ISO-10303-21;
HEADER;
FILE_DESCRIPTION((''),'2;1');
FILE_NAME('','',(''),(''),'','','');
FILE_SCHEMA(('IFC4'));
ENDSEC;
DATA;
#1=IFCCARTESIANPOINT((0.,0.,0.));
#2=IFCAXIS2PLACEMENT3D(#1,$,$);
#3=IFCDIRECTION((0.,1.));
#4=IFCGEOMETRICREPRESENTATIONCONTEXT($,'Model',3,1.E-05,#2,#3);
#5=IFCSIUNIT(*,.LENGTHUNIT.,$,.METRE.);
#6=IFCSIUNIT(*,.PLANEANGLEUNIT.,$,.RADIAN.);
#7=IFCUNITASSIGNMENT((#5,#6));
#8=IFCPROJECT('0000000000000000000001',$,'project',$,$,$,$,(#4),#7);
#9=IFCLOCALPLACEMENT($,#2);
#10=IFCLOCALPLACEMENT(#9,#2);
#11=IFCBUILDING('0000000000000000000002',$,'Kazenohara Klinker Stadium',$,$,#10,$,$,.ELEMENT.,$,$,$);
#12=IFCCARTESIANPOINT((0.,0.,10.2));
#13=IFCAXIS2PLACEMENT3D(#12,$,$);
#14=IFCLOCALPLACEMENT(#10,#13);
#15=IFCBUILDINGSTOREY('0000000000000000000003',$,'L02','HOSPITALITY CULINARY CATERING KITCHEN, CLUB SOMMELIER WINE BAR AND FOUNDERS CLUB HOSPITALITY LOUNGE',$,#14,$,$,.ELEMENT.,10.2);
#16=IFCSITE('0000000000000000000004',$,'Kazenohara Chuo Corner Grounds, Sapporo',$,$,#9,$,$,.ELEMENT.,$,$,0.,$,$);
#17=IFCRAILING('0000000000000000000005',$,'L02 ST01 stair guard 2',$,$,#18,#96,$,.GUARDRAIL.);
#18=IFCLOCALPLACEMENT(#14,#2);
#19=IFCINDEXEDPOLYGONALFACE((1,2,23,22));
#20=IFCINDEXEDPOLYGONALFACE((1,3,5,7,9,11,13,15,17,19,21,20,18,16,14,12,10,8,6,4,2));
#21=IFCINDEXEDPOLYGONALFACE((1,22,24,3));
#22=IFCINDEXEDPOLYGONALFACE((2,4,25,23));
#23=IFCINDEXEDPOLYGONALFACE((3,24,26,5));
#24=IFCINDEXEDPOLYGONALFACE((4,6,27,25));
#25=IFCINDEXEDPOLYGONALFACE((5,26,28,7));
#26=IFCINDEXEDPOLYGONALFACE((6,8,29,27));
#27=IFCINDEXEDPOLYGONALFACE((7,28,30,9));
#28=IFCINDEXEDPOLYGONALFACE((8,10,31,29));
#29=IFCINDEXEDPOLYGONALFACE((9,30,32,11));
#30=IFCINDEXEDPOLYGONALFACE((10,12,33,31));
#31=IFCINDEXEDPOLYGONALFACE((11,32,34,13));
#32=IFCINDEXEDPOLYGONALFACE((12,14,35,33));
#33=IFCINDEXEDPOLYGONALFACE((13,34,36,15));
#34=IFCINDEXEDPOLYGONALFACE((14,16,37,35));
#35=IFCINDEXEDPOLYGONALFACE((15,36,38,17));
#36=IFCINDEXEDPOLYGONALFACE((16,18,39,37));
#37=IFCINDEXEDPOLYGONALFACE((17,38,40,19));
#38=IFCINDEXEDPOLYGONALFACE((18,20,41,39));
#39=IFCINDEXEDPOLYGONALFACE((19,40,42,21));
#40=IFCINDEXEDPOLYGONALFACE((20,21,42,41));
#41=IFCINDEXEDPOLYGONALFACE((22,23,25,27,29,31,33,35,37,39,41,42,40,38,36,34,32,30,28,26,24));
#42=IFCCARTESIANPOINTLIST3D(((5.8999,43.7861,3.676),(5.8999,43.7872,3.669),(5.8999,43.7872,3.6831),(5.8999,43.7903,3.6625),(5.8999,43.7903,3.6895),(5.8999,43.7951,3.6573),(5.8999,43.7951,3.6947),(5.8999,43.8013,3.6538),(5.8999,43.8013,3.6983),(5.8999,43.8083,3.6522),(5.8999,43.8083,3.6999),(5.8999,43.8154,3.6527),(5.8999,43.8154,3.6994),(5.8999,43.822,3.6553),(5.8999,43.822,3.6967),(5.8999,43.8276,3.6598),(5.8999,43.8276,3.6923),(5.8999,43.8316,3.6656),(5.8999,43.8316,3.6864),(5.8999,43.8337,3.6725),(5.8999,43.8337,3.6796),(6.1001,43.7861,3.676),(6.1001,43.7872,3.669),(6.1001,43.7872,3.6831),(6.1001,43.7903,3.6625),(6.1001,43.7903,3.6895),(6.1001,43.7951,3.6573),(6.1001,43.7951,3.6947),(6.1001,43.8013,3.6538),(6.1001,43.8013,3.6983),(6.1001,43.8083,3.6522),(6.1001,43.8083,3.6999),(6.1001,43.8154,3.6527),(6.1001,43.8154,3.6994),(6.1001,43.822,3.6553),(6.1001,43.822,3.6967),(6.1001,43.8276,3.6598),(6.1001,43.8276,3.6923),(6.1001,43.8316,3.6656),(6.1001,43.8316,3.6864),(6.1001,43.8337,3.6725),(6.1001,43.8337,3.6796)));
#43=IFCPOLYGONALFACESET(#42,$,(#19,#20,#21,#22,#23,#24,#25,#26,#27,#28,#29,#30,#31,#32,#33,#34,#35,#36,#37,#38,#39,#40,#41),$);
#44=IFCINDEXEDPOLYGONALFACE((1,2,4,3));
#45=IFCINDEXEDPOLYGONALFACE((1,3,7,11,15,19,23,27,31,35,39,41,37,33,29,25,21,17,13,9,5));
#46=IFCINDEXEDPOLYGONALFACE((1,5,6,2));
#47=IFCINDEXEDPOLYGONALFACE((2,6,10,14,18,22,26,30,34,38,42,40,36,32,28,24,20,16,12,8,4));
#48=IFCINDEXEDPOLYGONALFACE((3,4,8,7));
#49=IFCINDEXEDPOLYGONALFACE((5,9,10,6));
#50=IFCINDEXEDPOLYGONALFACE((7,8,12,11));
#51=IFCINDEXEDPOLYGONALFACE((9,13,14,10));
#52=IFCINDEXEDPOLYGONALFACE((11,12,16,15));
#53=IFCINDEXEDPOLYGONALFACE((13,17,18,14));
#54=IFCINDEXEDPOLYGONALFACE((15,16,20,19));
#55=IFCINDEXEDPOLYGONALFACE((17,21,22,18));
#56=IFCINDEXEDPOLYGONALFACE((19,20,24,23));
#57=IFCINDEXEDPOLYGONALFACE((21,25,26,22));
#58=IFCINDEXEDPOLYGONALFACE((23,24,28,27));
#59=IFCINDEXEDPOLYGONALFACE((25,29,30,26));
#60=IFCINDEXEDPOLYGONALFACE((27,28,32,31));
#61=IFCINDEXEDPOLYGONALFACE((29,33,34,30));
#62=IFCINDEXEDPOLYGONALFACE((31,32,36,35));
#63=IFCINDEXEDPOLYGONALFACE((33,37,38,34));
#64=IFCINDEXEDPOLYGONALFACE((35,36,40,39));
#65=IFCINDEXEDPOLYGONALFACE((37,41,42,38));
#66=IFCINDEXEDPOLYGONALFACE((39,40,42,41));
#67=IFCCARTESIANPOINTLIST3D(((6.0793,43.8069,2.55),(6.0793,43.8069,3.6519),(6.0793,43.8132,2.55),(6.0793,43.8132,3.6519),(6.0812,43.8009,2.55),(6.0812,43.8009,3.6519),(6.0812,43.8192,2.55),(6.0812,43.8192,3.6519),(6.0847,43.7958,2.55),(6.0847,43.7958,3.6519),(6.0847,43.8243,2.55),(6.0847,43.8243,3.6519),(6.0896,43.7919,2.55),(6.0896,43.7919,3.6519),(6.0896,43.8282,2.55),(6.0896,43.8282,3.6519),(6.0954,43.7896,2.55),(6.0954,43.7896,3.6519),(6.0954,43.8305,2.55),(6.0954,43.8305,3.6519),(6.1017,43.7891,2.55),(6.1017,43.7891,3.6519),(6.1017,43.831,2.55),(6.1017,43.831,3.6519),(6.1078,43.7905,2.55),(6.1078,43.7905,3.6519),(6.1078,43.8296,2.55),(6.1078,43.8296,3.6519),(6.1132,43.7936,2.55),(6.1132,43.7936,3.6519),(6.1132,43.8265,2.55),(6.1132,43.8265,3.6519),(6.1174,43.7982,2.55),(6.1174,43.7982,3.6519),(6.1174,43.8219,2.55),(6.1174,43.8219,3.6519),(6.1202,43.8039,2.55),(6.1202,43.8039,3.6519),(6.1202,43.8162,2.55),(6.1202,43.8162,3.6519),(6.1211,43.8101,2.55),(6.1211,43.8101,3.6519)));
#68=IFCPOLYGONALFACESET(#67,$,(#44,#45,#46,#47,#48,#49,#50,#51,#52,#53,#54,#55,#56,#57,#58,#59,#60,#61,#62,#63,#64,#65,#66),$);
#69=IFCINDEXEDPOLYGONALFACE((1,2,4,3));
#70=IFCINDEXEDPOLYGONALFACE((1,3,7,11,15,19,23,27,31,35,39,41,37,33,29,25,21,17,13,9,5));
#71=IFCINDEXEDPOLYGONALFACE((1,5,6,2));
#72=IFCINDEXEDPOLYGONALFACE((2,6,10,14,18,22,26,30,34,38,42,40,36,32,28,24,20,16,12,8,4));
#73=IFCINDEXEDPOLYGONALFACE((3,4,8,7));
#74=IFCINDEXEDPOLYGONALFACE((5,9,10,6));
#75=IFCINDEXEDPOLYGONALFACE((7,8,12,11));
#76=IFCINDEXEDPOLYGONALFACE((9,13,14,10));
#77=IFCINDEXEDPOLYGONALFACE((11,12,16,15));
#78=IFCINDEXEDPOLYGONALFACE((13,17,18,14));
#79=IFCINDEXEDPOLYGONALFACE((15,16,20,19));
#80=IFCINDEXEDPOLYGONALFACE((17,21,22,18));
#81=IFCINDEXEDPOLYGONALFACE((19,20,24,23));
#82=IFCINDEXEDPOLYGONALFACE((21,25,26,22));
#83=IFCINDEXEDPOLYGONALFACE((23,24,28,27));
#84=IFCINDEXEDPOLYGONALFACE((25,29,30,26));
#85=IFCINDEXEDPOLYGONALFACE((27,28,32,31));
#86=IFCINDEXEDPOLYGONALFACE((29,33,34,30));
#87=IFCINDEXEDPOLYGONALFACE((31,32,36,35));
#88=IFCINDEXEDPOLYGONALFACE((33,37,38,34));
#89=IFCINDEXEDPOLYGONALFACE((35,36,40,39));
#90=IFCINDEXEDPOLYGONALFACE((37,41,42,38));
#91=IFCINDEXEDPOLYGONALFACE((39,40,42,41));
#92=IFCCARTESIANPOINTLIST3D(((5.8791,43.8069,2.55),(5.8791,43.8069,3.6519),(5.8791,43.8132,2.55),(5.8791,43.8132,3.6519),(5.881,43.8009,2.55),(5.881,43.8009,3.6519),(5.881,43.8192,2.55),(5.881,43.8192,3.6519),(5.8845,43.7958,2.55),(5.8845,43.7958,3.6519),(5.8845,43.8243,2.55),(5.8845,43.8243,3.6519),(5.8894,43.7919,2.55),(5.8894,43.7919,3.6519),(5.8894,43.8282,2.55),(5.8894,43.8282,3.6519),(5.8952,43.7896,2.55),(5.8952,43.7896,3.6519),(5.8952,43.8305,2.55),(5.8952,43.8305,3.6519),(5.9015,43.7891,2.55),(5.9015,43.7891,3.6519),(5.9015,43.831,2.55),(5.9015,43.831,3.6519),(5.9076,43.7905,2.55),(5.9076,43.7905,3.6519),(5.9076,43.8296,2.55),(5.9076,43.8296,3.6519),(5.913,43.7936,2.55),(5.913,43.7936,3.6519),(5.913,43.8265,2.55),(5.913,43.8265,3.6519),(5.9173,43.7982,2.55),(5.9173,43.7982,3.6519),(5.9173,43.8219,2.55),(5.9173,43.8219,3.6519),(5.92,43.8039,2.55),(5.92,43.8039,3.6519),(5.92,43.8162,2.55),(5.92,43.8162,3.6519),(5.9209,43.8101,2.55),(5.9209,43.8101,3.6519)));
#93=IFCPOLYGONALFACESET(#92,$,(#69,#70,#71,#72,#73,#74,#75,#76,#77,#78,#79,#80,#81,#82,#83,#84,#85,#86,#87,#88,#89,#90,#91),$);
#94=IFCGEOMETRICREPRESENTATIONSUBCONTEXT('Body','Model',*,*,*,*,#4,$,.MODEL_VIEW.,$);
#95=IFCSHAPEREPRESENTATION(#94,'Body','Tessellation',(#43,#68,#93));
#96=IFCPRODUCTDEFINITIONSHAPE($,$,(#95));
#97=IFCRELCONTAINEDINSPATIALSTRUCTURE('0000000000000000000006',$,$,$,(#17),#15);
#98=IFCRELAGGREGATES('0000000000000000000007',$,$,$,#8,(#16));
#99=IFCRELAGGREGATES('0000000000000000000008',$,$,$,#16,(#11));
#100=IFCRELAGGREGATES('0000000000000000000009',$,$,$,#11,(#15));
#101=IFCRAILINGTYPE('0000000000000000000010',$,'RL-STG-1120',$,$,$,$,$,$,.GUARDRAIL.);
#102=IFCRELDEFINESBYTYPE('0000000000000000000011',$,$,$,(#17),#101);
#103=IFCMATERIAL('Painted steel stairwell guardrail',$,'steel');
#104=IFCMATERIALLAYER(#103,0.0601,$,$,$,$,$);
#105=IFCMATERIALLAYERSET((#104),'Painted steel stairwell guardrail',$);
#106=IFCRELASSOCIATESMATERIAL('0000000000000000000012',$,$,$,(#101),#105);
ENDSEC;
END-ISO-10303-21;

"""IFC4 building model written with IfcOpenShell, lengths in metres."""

from ifc_helpers import new_model, si_unit, direction, frame, origin, origin_2d, place, context, subcontext, project, spatial, circle, extrude, material, layer, layer_set, type_object, element, save


model = new_model("IFC4")

# Units and contexts
model_context = context("Model", 3, precision=1e-05, world=origin(), true_north=direction((0.0, 1.0)))
body_context = subcontext(model_context, "Body", "Model", "MODEL_VIEW")
ifc_project = project(units=[si_unit("LENGTHUNIT", "METRE"), si_unit("PLANEANGLEUNIT", "RADIAN")], contexts=[model_context])

# Site, building, storey
site_placement = place(None, origin())
site = spatial("IfcSite", under=ifc_project, at=site_placement, Name="Kazenohara Chuo Corner Grounds, Sapporo", CompositionType="ELEMENT", RefElevation=0.0)
building_placement = place(site_placement, origin())
building = spatial("IfcBuilding", under=site, at=building_placement, Name="Kazenohara Klinker Stadium", CompositionType="ELEMENT")
storey_placement = place(building_placement, frame((0.0, 0.0, 10.2)))
storey = spatial("IfcBuildingStorey", under=building, at=storey_placement, Name="L02", Description="HOSPITALITY CULINARY CATERING KITCHEN, CLUB SOMMELIER WINE BAR AND FOUNDERS CLUB HOSPITALITY LOUNGE", CompositionType="ELEMENT", Elevation=10.2)

# Railing
ifc_material_1 = material(Name="Painted steel stairwell guardrail", Category="steel")
ifc_layer_1 = layer(ifc_material_1, 0.0601)
ifc_layer_set_1 = layer_set([ifc_layer_1], Name="Painted steel stairwell guardrail")
railing_type_1 = type_object("IfcRailingType", Name="RL-STG-1120", PredefinedType="GUARDRAIL", material=ifc_layer_set_1)
railing_1_placement = place(storey_placement, frame((6.1001, 43.8101, 2.55)))
element("IfcRailing", 1, at=railing_1_placement, inside=storey, type_object=railing_type_1, Name="L02 ST01 stair guard 2", PredefinedType="GUARDRAIL", context=body_context, shape_type="SweptSolid", body=[
    extrude(circle(Radius=0.0239, at=origin_2d()), frame((0.0, 0.0, 1.126), z_axis=(-1.0, 0.0, 0.0), x_axis=(0.0, -1.0, 0.0)), (0.0, 0.0, 1.0), 0.2002),
    extrude(circle(Radius=0.021, at=origin_2d()), origin(), (0.0, 0.0, 1.0), 1.1018),
    extrude(circle(Radius=0.021, at=origin_2d()), frame((-0.2002, 0.0, 0.0)), (0.0, 0.0, 1.0), 1.1018),
])

save(model, "model.ifc")
